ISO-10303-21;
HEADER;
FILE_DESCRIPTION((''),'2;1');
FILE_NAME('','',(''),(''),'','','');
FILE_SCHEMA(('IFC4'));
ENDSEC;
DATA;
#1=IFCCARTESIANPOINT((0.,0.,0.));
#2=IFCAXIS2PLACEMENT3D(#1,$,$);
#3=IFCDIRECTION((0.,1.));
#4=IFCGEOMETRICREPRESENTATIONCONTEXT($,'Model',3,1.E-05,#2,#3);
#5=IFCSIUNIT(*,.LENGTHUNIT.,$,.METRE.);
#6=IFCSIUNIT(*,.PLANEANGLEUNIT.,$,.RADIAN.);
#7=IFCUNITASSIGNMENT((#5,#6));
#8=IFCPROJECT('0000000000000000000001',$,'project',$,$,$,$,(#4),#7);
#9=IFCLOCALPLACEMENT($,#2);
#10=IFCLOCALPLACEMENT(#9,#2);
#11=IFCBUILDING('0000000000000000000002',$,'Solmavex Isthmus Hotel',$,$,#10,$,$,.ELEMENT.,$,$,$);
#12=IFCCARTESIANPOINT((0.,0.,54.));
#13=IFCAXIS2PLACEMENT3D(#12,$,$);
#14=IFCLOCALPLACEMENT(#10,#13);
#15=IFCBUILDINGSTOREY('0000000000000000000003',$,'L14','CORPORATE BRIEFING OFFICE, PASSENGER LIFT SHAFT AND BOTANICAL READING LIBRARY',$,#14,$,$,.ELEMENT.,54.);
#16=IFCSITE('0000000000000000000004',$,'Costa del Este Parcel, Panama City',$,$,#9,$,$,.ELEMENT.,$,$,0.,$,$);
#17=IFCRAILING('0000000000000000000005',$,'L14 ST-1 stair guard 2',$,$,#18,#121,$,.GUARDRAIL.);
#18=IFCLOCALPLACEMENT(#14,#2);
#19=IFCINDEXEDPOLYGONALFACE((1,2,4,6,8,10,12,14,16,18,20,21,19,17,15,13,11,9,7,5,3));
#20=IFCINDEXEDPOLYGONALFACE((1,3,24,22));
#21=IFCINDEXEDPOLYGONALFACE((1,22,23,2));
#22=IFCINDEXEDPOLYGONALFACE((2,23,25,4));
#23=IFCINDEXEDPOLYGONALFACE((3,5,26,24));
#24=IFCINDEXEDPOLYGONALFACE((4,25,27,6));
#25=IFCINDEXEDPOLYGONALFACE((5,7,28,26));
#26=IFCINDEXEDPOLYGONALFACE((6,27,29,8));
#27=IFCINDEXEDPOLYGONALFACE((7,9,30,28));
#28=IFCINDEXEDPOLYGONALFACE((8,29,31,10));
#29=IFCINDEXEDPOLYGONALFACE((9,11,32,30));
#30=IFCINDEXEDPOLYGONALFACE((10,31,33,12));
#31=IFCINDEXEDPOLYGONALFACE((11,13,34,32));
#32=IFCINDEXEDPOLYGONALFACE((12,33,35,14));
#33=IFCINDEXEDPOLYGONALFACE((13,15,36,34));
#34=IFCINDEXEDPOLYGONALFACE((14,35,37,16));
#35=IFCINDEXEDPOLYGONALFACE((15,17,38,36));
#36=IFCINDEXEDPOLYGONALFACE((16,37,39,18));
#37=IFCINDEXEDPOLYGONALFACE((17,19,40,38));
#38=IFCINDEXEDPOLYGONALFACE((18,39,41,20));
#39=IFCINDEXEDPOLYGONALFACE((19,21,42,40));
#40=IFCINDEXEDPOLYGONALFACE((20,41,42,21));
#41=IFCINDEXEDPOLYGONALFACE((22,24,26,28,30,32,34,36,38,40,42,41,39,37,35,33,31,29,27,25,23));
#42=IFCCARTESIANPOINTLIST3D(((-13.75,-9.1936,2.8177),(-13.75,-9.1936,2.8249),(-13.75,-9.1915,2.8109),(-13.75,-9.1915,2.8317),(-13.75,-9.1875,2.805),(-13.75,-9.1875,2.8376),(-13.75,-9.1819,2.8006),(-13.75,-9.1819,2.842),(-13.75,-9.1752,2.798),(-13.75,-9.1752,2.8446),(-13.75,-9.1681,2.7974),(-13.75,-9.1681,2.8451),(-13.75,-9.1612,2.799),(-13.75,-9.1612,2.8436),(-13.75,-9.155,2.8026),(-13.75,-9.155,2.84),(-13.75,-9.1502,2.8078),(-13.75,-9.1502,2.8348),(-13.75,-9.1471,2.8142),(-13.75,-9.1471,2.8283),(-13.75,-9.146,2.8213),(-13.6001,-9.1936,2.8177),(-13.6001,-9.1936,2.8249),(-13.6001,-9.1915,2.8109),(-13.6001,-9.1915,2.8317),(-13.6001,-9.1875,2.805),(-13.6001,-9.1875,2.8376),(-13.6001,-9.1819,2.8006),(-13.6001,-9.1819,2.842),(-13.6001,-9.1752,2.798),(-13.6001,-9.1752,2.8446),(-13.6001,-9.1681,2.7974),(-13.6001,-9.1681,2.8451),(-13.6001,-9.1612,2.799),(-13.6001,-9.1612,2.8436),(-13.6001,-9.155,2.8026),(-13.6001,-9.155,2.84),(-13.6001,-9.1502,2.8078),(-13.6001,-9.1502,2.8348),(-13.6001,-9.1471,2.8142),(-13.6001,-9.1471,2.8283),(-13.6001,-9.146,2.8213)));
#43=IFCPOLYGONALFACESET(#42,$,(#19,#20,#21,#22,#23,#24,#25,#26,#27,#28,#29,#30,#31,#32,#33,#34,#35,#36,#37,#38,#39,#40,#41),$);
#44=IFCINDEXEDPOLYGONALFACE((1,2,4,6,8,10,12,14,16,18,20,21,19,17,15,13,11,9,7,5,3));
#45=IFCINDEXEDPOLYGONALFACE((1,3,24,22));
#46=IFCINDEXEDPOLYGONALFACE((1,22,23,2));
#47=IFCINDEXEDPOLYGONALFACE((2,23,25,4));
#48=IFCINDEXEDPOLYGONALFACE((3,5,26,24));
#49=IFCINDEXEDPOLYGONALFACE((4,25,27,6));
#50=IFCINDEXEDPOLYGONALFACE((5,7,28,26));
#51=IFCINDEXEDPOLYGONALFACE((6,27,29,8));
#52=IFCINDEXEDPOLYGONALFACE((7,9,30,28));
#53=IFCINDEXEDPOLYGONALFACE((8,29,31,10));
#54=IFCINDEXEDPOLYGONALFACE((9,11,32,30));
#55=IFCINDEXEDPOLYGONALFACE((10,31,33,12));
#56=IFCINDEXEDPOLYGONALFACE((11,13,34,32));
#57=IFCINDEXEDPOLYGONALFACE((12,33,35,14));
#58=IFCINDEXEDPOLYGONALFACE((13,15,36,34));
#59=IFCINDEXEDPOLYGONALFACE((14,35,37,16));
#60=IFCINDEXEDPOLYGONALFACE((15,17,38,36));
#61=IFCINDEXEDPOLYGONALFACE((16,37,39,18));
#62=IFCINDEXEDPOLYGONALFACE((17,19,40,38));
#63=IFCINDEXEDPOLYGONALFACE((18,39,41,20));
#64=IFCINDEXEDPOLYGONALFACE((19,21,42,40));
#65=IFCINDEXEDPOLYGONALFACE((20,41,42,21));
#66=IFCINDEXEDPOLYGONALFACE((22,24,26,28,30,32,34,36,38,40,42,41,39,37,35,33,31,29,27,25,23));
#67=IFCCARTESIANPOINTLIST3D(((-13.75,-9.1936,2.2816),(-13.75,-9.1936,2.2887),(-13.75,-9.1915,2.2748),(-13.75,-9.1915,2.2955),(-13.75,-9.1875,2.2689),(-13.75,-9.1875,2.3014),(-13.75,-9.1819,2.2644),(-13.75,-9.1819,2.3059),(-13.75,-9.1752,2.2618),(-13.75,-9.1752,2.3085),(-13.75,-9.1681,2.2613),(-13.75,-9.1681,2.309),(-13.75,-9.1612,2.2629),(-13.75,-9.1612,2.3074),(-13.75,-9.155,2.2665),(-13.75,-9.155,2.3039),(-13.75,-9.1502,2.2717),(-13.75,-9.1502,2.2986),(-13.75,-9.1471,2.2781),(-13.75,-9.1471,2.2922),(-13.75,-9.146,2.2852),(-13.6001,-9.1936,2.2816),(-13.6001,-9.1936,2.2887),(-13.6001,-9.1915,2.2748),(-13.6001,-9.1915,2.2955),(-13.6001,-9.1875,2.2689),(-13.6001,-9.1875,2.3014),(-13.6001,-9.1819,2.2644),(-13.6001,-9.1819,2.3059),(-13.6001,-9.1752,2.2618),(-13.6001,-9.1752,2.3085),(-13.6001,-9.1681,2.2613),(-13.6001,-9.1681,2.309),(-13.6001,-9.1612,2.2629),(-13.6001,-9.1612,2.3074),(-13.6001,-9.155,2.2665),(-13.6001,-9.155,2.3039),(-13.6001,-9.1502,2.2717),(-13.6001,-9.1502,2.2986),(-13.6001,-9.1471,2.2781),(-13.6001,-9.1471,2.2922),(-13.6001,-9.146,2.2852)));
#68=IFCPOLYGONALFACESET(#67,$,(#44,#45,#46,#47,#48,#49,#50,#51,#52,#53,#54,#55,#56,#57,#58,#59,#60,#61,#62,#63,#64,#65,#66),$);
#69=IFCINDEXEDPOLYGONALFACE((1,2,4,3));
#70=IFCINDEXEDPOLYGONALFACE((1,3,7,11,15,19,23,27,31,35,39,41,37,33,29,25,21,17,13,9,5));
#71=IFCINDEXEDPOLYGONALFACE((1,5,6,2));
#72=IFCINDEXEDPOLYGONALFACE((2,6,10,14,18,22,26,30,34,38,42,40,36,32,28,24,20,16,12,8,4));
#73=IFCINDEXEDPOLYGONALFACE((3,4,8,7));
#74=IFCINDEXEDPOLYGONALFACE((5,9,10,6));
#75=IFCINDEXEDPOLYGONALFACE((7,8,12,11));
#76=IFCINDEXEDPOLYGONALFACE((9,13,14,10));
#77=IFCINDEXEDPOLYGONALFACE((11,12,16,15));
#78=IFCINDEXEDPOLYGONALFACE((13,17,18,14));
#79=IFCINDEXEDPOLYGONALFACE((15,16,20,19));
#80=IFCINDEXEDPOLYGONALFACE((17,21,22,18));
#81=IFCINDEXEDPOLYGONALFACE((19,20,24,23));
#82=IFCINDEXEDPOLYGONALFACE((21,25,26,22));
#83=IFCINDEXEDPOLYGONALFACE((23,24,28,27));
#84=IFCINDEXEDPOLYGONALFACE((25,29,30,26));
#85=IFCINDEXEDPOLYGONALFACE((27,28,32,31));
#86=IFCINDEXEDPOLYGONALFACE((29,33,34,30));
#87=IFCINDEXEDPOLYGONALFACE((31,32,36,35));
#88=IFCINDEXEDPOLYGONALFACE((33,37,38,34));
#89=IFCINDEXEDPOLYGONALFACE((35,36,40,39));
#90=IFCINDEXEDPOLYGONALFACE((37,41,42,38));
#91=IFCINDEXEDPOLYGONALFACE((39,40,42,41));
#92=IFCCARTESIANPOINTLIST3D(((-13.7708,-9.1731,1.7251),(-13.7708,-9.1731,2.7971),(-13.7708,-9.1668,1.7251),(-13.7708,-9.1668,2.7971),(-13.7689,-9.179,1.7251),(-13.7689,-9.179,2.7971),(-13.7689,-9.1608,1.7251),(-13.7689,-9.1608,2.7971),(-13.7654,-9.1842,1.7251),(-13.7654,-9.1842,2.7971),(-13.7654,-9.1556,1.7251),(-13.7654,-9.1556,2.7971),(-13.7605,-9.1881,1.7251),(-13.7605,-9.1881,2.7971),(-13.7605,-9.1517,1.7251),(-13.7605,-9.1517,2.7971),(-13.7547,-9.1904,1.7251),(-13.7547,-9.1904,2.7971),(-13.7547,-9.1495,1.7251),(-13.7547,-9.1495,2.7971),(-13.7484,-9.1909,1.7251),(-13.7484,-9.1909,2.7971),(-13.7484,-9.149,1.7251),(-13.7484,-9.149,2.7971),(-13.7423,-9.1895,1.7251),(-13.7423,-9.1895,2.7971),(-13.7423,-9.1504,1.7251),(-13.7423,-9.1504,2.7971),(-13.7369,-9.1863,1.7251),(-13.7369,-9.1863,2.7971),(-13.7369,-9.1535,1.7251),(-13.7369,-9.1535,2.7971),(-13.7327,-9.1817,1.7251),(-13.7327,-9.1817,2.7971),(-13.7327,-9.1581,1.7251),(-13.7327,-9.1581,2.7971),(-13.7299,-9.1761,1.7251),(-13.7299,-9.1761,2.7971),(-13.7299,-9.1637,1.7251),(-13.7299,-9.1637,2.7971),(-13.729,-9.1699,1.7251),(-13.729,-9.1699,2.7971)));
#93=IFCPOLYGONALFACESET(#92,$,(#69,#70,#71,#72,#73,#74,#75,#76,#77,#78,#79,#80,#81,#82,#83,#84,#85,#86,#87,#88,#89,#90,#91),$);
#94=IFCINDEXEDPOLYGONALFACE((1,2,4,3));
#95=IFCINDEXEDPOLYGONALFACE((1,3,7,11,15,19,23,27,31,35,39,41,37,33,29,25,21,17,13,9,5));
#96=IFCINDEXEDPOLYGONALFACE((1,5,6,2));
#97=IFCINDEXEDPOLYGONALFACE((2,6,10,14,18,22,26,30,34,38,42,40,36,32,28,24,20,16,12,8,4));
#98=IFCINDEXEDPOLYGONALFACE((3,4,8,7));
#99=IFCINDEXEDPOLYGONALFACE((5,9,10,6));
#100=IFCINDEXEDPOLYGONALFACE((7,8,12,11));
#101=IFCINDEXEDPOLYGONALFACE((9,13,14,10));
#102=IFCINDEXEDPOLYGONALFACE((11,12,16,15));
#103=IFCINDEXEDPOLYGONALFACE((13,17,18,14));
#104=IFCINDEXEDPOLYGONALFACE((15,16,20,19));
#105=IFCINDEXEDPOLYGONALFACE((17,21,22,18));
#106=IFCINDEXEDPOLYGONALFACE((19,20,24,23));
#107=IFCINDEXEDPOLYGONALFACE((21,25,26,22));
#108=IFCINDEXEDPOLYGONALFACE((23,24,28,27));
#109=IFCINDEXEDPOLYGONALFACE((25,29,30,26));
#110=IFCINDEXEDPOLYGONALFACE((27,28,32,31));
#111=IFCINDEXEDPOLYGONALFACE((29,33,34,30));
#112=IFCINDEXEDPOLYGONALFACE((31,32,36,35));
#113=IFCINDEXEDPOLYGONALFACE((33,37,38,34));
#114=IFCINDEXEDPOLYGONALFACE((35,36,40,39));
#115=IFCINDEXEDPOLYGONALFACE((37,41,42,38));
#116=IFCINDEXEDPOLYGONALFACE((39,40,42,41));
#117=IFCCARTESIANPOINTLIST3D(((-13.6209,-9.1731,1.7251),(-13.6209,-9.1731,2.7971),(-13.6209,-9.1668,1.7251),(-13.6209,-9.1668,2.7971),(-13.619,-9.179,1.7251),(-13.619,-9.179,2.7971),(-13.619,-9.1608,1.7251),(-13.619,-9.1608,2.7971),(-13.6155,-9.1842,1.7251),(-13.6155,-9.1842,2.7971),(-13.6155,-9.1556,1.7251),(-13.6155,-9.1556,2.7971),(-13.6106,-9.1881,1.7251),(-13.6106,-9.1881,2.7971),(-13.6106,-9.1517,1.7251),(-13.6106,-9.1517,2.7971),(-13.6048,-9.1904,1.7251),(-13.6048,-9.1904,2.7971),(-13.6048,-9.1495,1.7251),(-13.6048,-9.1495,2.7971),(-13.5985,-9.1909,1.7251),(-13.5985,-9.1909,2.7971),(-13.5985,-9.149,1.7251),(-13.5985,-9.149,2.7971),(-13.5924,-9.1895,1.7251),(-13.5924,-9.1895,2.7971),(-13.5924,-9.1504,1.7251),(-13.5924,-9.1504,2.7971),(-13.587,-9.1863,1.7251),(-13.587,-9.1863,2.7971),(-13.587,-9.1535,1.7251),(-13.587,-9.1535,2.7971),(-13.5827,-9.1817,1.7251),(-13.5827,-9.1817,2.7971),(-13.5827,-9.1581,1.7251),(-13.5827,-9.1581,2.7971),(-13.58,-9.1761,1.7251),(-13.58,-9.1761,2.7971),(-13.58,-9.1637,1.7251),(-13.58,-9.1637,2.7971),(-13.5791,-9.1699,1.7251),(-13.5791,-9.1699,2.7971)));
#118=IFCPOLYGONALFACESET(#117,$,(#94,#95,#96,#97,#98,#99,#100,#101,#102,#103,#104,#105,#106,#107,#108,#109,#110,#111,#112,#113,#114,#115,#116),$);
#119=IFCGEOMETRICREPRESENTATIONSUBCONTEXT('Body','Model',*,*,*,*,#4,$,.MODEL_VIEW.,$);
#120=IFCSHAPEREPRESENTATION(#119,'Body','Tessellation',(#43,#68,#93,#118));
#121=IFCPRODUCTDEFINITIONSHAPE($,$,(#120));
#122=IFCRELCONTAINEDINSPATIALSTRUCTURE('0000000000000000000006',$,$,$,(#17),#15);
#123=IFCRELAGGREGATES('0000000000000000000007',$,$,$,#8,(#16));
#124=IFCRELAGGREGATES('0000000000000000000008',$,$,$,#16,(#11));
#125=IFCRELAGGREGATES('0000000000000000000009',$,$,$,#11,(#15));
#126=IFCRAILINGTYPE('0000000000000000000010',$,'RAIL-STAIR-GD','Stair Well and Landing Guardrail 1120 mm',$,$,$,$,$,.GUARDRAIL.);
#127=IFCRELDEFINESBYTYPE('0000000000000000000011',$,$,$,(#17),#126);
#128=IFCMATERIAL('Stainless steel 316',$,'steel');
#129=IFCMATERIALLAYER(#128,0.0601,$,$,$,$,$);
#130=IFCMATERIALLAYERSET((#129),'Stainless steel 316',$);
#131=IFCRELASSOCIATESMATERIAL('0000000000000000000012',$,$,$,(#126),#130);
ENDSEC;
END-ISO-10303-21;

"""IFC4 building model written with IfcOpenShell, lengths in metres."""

from ifc_helpers import new_model, si_unit, direction, frame, origin, origin_2d, place, context, subcontext, project, spatial, circle, extrude, material, layer, layer_set, type_object, element, save


model = new_model("IFC4")

# Units and contexts
model_context = context("Model", 3, precision=1e-05, world=origin(), true_north=direction((0.0, 1.0)))
body_context = subcontext(model_context, "Body", "Model", "MODEL_VIEW")
ifc_project = project(units=[si_unit("LENGTHUNIT", "METRE"), si_unit("PLANEANGLEUNIT", "RADIAN")], contexts=[model_context])

# Site, building, storey
site_placement = place(None, origin())
site = spatial("IfcSite", under=ifc_project, at=site_placement, Name="Costa del Este Parcel, Panama City", CompositionType="ELEMENT", RefElevation=0.0)
building_placement = place(site_placement, origin())
building = spatial("IfcBuilding", under=site, at=building_placement, Name="Solmavex Isthmus Hotel", CompositionType="ELEMENT")
storey_placement = place(building_placement, frame((0.0, 0.0, 54.0)))
storey = spatial("IfcBuildingStorey", under=building, at=storey_placement, Name="L14", Description="CORPORATE BRIEFING OFFICE, PASSENGER LIFT SHAFT AND BOTANICAL READING LIBRARY", CompositionType="ELEMENT", Elevation=54.0)

# Shared definitions
ifc_material_1 = material(Name="Stainless steel 316", Category="steel")

# Railing
ifc_layer_1 = layer(ifc_material_1, 0.0601)
ifc_layer_set_1 = layer_set([ifc_layer_1], Name="Stainless steel 316")
railing_type_1 = type_object("IfcRailingType", Name="RAIL-STAIR-GD", Description="Stair Well and Landing Guardrail 1120 mm", PredefinedType="GUARDRAIL", material=ifc_layer_set_1)
railing_1_placement = place(storey_placement, frame((-13.75, -9.1699, 1.7251)))
element("IfcRailing", 1, at=railing_1_placement, inside=storey, type_object=railing_type_1, Name="L14 ST-1 stair guard 2", PredefinedType="GUARDRAIL", context=body_context, shape_type="SweptSolid", body=[
    extrude(circle(Radius=0.0239, at=origin_2d()), frame((0.0, 0.0, 1.0962), z_axis=(1.0, 0.0, 0.0), x_axis=(0.0, 1.0, 0.0)), (0.0, 0.0, 1.0), 0.1499),
    extrude(circle(Radius=0.0239, at=origin_2d()), frame((0.0, 0.0, 0.5601), z_axis=(1.0, 0.0, 0.0), x_axis=(0.0, 1.0, 0.0)), (0.0, 0.0, 1.0), 0.1499),
    extrude(circle(Radius=0.021, at=origin_2d()), origin(), (0.0, 0.0, 1.0), 1.072),
    extrude(circle(Radius=0.021, at=origin_2d()), frame((0.1499, 0.0, 0.0)), (0.0, 0.0, 1.0), 1.072),
])

save(model, "model.ifc")
